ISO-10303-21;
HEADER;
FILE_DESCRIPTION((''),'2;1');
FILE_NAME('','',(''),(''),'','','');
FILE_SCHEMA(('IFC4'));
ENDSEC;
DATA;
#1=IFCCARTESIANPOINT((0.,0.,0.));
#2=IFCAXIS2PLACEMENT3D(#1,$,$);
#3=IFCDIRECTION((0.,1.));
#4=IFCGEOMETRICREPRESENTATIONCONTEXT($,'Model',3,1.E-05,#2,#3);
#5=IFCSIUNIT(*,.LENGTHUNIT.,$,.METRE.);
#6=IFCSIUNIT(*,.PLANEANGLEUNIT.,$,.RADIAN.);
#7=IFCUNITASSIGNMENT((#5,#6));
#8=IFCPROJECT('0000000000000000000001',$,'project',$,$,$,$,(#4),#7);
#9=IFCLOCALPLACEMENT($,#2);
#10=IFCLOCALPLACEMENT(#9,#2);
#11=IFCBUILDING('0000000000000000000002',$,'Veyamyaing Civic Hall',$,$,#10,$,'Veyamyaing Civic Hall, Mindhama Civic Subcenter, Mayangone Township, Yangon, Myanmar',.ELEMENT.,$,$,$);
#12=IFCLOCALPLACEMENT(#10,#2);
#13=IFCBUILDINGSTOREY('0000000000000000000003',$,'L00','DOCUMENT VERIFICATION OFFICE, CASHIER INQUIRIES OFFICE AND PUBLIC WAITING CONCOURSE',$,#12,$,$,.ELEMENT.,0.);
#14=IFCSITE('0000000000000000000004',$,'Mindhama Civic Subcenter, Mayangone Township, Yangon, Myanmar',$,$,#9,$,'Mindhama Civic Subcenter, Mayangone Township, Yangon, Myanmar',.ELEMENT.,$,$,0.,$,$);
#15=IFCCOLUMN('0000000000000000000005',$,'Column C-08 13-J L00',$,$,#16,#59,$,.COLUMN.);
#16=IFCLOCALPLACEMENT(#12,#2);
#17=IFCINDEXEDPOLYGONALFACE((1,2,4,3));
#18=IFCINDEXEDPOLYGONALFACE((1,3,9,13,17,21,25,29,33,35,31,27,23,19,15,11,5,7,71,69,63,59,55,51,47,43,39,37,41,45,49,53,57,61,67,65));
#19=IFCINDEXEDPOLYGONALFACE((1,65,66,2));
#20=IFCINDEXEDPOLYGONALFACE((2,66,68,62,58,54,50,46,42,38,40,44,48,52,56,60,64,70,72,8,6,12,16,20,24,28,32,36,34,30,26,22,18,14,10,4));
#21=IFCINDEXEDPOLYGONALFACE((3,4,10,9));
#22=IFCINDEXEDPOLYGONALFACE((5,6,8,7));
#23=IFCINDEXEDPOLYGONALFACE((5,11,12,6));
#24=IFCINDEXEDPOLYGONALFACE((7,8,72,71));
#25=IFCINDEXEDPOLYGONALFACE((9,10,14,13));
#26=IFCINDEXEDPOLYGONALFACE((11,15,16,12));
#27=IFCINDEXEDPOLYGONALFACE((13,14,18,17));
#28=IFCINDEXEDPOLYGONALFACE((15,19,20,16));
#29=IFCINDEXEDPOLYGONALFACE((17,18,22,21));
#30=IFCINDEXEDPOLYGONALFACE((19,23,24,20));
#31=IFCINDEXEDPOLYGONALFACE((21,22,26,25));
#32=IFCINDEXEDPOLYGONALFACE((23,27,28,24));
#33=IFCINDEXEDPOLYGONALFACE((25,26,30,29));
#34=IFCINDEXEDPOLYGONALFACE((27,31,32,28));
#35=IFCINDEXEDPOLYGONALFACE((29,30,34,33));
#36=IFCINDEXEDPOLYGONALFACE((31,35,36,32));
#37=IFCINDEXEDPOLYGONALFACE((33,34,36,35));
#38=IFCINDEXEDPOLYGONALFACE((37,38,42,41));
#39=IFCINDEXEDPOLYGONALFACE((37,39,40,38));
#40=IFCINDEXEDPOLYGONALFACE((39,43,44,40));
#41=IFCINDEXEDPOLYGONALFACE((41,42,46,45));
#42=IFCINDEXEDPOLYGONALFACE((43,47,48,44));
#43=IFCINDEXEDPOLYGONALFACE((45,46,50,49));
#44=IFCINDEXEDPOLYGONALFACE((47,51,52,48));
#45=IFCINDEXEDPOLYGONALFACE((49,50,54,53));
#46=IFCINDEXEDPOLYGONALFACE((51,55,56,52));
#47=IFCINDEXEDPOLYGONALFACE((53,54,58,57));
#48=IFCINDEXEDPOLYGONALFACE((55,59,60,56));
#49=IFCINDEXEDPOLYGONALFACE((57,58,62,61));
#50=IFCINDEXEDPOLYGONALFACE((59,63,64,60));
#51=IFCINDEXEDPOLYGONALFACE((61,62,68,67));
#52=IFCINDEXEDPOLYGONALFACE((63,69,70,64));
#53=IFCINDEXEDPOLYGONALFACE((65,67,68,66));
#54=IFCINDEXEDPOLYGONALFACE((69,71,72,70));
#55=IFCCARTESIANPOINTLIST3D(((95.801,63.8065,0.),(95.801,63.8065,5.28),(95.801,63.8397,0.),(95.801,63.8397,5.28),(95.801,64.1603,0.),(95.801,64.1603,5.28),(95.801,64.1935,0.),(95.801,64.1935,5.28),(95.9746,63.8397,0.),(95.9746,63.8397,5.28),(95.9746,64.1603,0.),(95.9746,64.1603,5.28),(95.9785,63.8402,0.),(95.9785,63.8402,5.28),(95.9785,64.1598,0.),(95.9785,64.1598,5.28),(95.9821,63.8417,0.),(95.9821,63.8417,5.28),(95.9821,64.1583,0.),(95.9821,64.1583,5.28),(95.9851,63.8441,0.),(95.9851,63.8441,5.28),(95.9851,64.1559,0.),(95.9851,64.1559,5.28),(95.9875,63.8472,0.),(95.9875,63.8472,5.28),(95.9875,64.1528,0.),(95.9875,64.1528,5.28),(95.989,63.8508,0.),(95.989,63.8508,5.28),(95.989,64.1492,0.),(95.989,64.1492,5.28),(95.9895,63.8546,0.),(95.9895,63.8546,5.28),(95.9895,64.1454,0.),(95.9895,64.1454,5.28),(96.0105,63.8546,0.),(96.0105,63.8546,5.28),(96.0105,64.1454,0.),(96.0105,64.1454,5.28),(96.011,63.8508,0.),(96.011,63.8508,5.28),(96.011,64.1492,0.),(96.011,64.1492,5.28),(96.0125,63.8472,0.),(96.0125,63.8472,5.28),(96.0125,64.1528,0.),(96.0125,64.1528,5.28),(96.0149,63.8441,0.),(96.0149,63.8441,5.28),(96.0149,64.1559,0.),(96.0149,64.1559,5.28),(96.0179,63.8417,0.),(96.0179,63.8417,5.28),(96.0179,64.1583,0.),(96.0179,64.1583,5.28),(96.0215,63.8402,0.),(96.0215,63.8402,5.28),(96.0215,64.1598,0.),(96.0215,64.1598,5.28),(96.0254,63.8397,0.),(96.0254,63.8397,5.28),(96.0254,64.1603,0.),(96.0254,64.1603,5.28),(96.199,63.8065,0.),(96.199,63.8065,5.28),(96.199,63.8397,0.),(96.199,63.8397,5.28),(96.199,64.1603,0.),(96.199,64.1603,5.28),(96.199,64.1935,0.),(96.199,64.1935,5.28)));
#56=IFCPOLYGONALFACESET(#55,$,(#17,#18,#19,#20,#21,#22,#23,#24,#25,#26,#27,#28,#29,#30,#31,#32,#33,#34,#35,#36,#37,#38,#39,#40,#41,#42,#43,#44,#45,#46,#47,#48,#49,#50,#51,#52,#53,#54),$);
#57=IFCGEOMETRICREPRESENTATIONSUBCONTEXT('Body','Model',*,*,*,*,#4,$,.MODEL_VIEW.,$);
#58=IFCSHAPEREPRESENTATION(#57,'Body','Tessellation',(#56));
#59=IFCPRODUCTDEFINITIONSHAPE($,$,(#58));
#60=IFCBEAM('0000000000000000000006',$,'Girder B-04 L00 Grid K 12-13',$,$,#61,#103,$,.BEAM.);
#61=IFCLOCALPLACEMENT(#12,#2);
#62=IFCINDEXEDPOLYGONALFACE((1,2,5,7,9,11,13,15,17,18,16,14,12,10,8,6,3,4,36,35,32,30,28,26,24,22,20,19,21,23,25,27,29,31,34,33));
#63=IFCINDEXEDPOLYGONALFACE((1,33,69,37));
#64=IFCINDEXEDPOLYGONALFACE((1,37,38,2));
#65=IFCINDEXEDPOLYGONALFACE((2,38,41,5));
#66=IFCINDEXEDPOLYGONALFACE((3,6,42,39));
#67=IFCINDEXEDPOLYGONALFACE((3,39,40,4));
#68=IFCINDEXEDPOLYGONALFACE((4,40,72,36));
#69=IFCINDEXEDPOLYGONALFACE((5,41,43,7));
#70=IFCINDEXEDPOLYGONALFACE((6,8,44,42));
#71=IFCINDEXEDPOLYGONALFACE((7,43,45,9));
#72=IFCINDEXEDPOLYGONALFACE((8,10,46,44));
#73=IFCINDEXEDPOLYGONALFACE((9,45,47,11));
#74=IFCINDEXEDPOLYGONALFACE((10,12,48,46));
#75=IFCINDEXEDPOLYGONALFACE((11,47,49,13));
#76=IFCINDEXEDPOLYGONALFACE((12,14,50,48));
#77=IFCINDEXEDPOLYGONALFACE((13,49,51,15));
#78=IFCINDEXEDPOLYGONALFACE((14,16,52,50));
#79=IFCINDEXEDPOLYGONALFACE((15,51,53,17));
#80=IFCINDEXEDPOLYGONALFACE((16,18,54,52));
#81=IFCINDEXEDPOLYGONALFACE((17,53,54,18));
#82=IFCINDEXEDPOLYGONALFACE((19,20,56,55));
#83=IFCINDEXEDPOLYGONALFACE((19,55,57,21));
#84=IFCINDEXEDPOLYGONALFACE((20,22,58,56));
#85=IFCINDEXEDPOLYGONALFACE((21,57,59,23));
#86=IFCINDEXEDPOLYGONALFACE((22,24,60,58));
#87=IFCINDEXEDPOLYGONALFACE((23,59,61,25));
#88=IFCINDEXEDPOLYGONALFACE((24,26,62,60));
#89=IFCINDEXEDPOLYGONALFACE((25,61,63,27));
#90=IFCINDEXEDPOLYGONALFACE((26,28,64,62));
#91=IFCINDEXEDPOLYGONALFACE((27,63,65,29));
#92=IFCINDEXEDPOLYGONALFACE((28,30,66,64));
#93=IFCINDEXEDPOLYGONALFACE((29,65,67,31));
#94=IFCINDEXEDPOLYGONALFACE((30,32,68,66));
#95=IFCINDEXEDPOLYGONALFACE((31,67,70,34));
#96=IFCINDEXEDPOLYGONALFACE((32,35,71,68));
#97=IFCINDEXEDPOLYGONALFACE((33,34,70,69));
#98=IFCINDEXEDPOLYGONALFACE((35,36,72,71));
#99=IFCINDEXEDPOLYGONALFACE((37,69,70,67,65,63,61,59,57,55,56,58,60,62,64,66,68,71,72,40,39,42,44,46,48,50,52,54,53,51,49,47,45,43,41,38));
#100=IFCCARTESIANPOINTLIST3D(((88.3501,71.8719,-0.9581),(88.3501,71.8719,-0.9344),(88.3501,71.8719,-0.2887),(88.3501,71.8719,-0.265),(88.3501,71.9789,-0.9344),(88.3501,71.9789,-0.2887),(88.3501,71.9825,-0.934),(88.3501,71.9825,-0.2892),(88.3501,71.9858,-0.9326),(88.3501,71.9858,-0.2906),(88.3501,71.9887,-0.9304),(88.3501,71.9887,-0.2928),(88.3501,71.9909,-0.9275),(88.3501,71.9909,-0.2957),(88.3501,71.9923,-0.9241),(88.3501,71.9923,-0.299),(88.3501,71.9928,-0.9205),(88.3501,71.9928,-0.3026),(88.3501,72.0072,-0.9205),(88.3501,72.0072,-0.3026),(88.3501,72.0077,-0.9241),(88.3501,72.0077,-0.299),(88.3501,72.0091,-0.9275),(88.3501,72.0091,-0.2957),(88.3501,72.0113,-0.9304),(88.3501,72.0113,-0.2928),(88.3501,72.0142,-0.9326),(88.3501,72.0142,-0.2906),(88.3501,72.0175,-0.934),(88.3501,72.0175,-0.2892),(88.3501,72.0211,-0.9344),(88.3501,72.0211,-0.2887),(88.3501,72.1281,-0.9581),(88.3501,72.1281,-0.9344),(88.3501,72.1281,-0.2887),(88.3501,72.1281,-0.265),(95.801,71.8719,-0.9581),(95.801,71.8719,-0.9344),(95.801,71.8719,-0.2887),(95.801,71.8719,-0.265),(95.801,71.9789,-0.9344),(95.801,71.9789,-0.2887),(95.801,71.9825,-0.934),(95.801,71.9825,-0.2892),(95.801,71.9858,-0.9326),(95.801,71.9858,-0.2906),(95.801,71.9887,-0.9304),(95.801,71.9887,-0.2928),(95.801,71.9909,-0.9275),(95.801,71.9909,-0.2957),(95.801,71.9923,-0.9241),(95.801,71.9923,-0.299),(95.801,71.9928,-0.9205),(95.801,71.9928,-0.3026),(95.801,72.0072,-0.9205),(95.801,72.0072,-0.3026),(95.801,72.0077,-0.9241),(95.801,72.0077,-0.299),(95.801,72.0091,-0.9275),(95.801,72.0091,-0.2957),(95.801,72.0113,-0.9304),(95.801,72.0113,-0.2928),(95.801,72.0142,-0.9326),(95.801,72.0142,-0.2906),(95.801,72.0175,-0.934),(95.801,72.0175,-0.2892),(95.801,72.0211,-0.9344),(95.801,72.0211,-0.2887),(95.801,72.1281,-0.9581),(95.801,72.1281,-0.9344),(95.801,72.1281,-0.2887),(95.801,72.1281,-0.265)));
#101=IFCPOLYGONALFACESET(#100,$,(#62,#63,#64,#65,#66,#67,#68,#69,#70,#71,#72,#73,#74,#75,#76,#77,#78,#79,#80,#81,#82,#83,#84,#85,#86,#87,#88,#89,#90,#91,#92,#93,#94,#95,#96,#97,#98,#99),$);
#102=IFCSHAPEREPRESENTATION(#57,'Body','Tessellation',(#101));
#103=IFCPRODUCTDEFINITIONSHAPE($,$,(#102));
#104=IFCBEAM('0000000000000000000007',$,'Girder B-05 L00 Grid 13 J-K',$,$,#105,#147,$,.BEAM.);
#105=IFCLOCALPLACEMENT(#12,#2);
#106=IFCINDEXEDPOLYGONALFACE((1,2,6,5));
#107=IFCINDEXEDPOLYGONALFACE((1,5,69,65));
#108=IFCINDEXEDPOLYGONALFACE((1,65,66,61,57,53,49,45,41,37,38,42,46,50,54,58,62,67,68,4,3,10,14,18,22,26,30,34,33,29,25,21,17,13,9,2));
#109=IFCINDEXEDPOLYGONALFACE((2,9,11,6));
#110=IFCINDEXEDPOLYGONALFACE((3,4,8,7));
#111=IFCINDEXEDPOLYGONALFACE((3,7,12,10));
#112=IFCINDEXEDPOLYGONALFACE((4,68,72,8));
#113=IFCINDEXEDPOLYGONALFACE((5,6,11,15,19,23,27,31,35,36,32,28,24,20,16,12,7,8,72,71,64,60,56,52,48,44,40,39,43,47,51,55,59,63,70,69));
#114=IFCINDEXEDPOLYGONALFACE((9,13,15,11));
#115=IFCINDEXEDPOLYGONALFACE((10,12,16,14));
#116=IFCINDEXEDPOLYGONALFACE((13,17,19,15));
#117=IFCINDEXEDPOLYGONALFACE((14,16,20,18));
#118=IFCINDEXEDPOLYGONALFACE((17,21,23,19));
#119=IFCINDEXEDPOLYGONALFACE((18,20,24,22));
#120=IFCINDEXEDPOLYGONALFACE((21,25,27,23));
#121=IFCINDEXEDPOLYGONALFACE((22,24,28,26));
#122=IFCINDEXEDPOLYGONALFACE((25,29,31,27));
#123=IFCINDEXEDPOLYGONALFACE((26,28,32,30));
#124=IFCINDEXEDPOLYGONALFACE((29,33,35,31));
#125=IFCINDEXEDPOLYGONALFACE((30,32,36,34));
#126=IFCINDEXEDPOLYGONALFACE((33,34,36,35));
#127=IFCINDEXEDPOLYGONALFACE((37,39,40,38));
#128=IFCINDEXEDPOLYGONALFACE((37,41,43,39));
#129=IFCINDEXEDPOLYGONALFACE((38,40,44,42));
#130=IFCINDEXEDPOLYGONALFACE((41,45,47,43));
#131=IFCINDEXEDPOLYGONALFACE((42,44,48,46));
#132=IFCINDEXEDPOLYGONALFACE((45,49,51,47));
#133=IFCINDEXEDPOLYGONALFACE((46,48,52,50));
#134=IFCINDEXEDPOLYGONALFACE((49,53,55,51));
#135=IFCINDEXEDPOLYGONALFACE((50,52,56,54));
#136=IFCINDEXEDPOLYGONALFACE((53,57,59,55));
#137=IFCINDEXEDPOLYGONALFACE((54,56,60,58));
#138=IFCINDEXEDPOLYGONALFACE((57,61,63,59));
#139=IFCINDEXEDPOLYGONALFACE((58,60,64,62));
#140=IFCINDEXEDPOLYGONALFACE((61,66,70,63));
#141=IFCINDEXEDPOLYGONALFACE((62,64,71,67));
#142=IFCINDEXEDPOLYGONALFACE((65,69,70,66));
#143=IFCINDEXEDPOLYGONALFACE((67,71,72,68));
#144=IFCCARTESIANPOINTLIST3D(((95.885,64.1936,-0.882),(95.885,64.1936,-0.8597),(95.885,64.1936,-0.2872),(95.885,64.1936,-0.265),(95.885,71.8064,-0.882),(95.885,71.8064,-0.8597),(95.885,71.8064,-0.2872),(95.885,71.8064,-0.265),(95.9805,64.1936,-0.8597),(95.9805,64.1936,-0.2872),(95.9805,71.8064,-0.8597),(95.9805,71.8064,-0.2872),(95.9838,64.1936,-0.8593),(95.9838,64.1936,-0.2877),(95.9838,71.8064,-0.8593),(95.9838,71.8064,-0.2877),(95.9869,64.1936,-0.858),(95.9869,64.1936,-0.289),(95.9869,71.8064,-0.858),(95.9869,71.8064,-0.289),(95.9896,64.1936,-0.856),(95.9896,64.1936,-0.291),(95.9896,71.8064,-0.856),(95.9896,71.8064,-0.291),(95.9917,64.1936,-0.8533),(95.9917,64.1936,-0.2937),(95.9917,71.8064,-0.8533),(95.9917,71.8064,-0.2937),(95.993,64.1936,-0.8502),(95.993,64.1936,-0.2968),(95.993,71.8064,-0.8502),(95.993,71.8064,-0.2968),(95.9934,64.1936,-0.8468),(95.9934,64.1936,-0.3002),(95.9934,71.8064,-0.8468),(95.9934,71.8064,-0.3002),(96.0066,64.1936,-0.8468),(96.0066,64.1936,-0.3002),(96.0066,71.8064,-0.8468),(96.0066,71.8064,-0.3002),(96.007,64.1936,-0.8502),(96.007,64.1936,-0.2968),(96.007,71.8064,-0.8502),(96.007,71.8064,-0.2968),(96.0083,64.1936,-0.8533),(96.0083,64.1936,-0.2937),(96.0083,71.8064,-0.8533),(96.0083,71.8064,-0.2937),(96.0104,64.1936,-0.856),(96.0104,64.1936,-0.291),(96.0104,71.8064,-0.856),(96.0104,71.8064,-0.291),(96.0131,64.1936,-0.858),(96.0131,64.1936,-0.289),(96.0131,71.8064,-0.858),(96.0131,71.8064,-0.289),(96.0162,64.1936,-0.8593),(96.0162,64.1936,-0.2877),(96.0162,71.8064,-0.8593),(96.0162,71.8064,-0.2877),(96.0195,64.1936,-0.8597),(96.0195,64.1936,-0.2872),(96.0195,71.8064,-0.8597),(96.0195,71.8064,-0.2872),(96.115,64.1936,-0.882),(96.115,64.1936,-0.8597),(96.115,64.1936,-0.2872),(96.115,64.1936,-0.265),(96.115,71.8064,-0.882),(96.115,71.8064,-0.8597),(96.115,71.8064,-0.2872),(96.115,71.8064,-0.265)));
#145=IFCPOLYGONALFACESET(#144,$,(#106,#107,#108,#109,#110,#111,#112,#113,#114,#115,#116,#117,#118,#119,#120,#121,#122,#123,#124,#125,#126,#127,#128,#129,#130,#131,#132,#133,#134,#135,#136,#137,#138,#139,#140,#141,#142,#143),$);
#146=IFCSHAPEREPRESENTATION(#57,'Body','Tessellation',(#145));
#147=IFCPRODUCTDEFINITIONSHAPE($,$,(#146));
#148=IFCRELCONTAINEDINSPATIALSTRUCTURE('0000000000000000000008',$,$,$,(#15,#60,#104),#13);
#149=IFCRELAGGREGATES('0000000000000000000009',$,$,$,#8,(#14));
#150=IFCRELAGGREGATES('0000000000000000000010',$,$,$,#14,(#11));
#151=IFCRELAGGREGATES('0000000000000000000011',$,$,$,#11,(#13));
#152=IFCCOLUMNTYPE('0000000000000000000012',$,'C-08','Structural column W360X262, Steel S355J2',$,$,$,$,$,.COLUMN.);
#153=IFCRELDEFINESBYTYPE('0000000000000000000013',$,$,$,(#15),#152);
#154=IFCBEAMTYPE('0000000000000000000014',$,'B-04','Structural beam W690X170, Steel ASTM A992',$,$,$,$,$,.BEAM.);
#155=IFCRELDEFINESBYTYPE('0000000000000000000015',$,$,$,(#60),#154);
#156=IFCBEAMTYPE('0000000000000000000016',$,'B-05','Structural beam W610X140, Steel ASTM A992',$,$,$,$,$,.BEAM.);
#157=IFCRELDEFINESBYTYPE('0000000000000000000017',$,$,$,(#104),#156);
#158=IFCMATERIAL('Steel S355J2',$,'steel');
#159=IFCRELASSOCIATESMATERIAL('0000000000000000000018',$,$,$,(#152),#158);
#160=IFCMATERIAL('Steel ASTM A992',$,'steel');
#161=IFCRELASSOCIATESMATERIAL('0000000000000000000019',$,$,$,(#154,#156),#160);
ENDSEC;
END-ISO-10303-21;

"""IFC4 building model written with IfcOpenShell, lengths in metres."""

from ifc_helpers import new_model, si_unit, direction, frame, origin, origin_2d, place, context, subcontext, project, spatial, i_section, extrude, material, material_profile, profile_set, type_object, element, save


model = new_model("IFC4")

# Units and contexts
model_context = context("Model", 3, precision=1e-05, world=origin(), true_north=direction((0.0, 1.0)))
body_context = subcontext(model_context, "Body", "Model", "MODEL_VIEW")
ifc_project = project(units=[si_unit("LENGTHUNIT", "METRE"), si_unit("PLANEANGLEUNIT", "RADIAN")], contexts=[model_context])

# Site, building, storey
site_placement = place(None, origin())
site = spatial("IfcSite", under=ifc_project, at=site_placement, Name="Mindhama Civic Subcenter, Mayangone Township, Yangon, Myanmar", LongName="Mindhama Civic Subcenter, Mayangone Township, Yangon, Myanmar", CompositionType="ELEMENT", RefElevation=0.0)
building_placement = place(site_placement, origin())
building = spatial("IfcBuilding", under=site, at=building_placement, Name="Veyamyaing Civic Hall", LongName="Veyamyaing Civic Hall, Mindhama Civic Subcenter, Mayangone Township, Yangon, Myanmar", CompositionType="ELEMENT")
storey_placement = place(building_placement, origin())
storey = spatial("IfcBuildingStorey", under=building, at=storey_placement, Name="L00", Description="DOCUMENT VERIFICATION OFFICE, CASHIER INQUIRIES OFFICE AND PUBLIC WAITING CONCOURSE", CompositionType="ELEMENT", Elevation=0.0)

# Column
ifc_material_1 = material(Name="Steel S355J2", Category="steel")
ifc_material_profile_1 = material_profile(ifc_material_1, i_section(OverallWidth=0.3979, OverallDepth=0.387, WebThickness=0.021, FlangeThickness=0.0332, FilletRadius=0.0149, at=origin_2d()), Name="W360X262")
ifc_profile_set_1 = profile_set([ifc_material_profile_1], Name="Steel S355J2")
column_type = type_object("IfcColumnType", Name="C-08", Description="Structural column W360X262, Steel S355J2", PredefinedType="COLUMN", material=ifc_profile_set_1)
column_placement = place(storey_placement, frame((96.0, 64.0, 0.0), z_axis=(0.0, 0.0, 1.0), x_axis=(1.0, 0.0, 0.0)))
element("IfcColumn", 1, at=column_placement, inside=storey, type_object=column_type, Name="Column C-08 13-J L00", PredefinedType="COLUMN", context=body_context, shape_type="SweptSolid", body=[
    extrude(i_section(OverallWidth=0.3979, OverallDepth=0.387, WebThickness=0.021, FlangeThickness=0.0332, FilletRadius=0.0149, at=origin_2d()), origin(), (0.0, 0.0, 1.0), 5.28),
])

# Beams
ifc_material_2 = material(Name="Steel ASTM A992", Category="steel")
ifc_material_profile_2 = material_profile(ifc_material_2, i_section(OverallWidth=0.2561, OverallDepth=0.6931, WebThickness=0.0144, FlangeThickness=0.0237, FilletRadius=0.0139, at=origin_2d()), Name="W690X170")
ifc_profile_set_2 = profile_set([ifc_material_profile_2], Name="Steel ASTM A992")
beam_type_1 = type_object("IfcBeamType", Name="B-04", Description="Structural beam W690X170, Steel ASTM A992", PredefinedType="BEAM", material=ifc_profile_set_2)
beam_1_placement = place(storey_placement, frame((88.3501, 72.0, -0.6116), z_axis=(1.0, 0.0, 0.0), x_axis=(0.0, 1.0, 0.0)))
element("IfcBeam", 2, at=beam_1_placement, inside=storey, type_object=beam_type_1, Name="Girder B-04 L00 Grid K 12-13", PredefinedType="BEAM", context=body_context, shape_type="SweptSolid", body=[
    extrude(i_section(OverallWidth=0.2561, OverallDepth=0.6931, WebThickness=0.0144, FlangeThickness=0.0237, FilletRadius=0.0139, at=origin_2d()), origin(), (0.0, 0.0, 1.0), 7.4509),
])
ifc_material_profile_3 = material_profile(ifc_material_2, i_section(OverallWidth=0.23, OverallDepth=0.6169, WebThickness=0.0132, FlangeThickness=0.0222, FilletRadius=0.0129, at=origin_2d()), Name="W610X140")
ifc_profile_set_3 = profile_set([ifc_material_profile_3], Name="Steel ASTM A992")
beam_type_2 = type_object("IfcBeamType", Name="B-05", Description="Structural beam W610X140, Steel ASTM A992", PredefinedType="BEAM", material=ifc_profile_set_3)
beam_2_placement = place(storey_placement, frame((96.0, 64.1936, -0.5735), z_axis=(0.0, 1.0, 0.0), x_axis=(-1.0, 0.0, 0.0)))
element("IfcBeam", 3, at=beam_2_placement, inside=storey, type_object=beam_type_2, Name="Girder B-05 L00 Grid 13 J-K", PredefinedType="BEAM", context=body_context, shape_type="SweptSolid", body=[
    extrude(i_section(OverallWidth=0.23, OverallDepth=0.6169, WebThickness=0.0132, FlangeThickness=0.0222, FilletRadius=0.0129, at=origin_2d()), origin(), (0.0, 0.0, 1.0), 7.6128),
])

save(model, "model.ifc")
